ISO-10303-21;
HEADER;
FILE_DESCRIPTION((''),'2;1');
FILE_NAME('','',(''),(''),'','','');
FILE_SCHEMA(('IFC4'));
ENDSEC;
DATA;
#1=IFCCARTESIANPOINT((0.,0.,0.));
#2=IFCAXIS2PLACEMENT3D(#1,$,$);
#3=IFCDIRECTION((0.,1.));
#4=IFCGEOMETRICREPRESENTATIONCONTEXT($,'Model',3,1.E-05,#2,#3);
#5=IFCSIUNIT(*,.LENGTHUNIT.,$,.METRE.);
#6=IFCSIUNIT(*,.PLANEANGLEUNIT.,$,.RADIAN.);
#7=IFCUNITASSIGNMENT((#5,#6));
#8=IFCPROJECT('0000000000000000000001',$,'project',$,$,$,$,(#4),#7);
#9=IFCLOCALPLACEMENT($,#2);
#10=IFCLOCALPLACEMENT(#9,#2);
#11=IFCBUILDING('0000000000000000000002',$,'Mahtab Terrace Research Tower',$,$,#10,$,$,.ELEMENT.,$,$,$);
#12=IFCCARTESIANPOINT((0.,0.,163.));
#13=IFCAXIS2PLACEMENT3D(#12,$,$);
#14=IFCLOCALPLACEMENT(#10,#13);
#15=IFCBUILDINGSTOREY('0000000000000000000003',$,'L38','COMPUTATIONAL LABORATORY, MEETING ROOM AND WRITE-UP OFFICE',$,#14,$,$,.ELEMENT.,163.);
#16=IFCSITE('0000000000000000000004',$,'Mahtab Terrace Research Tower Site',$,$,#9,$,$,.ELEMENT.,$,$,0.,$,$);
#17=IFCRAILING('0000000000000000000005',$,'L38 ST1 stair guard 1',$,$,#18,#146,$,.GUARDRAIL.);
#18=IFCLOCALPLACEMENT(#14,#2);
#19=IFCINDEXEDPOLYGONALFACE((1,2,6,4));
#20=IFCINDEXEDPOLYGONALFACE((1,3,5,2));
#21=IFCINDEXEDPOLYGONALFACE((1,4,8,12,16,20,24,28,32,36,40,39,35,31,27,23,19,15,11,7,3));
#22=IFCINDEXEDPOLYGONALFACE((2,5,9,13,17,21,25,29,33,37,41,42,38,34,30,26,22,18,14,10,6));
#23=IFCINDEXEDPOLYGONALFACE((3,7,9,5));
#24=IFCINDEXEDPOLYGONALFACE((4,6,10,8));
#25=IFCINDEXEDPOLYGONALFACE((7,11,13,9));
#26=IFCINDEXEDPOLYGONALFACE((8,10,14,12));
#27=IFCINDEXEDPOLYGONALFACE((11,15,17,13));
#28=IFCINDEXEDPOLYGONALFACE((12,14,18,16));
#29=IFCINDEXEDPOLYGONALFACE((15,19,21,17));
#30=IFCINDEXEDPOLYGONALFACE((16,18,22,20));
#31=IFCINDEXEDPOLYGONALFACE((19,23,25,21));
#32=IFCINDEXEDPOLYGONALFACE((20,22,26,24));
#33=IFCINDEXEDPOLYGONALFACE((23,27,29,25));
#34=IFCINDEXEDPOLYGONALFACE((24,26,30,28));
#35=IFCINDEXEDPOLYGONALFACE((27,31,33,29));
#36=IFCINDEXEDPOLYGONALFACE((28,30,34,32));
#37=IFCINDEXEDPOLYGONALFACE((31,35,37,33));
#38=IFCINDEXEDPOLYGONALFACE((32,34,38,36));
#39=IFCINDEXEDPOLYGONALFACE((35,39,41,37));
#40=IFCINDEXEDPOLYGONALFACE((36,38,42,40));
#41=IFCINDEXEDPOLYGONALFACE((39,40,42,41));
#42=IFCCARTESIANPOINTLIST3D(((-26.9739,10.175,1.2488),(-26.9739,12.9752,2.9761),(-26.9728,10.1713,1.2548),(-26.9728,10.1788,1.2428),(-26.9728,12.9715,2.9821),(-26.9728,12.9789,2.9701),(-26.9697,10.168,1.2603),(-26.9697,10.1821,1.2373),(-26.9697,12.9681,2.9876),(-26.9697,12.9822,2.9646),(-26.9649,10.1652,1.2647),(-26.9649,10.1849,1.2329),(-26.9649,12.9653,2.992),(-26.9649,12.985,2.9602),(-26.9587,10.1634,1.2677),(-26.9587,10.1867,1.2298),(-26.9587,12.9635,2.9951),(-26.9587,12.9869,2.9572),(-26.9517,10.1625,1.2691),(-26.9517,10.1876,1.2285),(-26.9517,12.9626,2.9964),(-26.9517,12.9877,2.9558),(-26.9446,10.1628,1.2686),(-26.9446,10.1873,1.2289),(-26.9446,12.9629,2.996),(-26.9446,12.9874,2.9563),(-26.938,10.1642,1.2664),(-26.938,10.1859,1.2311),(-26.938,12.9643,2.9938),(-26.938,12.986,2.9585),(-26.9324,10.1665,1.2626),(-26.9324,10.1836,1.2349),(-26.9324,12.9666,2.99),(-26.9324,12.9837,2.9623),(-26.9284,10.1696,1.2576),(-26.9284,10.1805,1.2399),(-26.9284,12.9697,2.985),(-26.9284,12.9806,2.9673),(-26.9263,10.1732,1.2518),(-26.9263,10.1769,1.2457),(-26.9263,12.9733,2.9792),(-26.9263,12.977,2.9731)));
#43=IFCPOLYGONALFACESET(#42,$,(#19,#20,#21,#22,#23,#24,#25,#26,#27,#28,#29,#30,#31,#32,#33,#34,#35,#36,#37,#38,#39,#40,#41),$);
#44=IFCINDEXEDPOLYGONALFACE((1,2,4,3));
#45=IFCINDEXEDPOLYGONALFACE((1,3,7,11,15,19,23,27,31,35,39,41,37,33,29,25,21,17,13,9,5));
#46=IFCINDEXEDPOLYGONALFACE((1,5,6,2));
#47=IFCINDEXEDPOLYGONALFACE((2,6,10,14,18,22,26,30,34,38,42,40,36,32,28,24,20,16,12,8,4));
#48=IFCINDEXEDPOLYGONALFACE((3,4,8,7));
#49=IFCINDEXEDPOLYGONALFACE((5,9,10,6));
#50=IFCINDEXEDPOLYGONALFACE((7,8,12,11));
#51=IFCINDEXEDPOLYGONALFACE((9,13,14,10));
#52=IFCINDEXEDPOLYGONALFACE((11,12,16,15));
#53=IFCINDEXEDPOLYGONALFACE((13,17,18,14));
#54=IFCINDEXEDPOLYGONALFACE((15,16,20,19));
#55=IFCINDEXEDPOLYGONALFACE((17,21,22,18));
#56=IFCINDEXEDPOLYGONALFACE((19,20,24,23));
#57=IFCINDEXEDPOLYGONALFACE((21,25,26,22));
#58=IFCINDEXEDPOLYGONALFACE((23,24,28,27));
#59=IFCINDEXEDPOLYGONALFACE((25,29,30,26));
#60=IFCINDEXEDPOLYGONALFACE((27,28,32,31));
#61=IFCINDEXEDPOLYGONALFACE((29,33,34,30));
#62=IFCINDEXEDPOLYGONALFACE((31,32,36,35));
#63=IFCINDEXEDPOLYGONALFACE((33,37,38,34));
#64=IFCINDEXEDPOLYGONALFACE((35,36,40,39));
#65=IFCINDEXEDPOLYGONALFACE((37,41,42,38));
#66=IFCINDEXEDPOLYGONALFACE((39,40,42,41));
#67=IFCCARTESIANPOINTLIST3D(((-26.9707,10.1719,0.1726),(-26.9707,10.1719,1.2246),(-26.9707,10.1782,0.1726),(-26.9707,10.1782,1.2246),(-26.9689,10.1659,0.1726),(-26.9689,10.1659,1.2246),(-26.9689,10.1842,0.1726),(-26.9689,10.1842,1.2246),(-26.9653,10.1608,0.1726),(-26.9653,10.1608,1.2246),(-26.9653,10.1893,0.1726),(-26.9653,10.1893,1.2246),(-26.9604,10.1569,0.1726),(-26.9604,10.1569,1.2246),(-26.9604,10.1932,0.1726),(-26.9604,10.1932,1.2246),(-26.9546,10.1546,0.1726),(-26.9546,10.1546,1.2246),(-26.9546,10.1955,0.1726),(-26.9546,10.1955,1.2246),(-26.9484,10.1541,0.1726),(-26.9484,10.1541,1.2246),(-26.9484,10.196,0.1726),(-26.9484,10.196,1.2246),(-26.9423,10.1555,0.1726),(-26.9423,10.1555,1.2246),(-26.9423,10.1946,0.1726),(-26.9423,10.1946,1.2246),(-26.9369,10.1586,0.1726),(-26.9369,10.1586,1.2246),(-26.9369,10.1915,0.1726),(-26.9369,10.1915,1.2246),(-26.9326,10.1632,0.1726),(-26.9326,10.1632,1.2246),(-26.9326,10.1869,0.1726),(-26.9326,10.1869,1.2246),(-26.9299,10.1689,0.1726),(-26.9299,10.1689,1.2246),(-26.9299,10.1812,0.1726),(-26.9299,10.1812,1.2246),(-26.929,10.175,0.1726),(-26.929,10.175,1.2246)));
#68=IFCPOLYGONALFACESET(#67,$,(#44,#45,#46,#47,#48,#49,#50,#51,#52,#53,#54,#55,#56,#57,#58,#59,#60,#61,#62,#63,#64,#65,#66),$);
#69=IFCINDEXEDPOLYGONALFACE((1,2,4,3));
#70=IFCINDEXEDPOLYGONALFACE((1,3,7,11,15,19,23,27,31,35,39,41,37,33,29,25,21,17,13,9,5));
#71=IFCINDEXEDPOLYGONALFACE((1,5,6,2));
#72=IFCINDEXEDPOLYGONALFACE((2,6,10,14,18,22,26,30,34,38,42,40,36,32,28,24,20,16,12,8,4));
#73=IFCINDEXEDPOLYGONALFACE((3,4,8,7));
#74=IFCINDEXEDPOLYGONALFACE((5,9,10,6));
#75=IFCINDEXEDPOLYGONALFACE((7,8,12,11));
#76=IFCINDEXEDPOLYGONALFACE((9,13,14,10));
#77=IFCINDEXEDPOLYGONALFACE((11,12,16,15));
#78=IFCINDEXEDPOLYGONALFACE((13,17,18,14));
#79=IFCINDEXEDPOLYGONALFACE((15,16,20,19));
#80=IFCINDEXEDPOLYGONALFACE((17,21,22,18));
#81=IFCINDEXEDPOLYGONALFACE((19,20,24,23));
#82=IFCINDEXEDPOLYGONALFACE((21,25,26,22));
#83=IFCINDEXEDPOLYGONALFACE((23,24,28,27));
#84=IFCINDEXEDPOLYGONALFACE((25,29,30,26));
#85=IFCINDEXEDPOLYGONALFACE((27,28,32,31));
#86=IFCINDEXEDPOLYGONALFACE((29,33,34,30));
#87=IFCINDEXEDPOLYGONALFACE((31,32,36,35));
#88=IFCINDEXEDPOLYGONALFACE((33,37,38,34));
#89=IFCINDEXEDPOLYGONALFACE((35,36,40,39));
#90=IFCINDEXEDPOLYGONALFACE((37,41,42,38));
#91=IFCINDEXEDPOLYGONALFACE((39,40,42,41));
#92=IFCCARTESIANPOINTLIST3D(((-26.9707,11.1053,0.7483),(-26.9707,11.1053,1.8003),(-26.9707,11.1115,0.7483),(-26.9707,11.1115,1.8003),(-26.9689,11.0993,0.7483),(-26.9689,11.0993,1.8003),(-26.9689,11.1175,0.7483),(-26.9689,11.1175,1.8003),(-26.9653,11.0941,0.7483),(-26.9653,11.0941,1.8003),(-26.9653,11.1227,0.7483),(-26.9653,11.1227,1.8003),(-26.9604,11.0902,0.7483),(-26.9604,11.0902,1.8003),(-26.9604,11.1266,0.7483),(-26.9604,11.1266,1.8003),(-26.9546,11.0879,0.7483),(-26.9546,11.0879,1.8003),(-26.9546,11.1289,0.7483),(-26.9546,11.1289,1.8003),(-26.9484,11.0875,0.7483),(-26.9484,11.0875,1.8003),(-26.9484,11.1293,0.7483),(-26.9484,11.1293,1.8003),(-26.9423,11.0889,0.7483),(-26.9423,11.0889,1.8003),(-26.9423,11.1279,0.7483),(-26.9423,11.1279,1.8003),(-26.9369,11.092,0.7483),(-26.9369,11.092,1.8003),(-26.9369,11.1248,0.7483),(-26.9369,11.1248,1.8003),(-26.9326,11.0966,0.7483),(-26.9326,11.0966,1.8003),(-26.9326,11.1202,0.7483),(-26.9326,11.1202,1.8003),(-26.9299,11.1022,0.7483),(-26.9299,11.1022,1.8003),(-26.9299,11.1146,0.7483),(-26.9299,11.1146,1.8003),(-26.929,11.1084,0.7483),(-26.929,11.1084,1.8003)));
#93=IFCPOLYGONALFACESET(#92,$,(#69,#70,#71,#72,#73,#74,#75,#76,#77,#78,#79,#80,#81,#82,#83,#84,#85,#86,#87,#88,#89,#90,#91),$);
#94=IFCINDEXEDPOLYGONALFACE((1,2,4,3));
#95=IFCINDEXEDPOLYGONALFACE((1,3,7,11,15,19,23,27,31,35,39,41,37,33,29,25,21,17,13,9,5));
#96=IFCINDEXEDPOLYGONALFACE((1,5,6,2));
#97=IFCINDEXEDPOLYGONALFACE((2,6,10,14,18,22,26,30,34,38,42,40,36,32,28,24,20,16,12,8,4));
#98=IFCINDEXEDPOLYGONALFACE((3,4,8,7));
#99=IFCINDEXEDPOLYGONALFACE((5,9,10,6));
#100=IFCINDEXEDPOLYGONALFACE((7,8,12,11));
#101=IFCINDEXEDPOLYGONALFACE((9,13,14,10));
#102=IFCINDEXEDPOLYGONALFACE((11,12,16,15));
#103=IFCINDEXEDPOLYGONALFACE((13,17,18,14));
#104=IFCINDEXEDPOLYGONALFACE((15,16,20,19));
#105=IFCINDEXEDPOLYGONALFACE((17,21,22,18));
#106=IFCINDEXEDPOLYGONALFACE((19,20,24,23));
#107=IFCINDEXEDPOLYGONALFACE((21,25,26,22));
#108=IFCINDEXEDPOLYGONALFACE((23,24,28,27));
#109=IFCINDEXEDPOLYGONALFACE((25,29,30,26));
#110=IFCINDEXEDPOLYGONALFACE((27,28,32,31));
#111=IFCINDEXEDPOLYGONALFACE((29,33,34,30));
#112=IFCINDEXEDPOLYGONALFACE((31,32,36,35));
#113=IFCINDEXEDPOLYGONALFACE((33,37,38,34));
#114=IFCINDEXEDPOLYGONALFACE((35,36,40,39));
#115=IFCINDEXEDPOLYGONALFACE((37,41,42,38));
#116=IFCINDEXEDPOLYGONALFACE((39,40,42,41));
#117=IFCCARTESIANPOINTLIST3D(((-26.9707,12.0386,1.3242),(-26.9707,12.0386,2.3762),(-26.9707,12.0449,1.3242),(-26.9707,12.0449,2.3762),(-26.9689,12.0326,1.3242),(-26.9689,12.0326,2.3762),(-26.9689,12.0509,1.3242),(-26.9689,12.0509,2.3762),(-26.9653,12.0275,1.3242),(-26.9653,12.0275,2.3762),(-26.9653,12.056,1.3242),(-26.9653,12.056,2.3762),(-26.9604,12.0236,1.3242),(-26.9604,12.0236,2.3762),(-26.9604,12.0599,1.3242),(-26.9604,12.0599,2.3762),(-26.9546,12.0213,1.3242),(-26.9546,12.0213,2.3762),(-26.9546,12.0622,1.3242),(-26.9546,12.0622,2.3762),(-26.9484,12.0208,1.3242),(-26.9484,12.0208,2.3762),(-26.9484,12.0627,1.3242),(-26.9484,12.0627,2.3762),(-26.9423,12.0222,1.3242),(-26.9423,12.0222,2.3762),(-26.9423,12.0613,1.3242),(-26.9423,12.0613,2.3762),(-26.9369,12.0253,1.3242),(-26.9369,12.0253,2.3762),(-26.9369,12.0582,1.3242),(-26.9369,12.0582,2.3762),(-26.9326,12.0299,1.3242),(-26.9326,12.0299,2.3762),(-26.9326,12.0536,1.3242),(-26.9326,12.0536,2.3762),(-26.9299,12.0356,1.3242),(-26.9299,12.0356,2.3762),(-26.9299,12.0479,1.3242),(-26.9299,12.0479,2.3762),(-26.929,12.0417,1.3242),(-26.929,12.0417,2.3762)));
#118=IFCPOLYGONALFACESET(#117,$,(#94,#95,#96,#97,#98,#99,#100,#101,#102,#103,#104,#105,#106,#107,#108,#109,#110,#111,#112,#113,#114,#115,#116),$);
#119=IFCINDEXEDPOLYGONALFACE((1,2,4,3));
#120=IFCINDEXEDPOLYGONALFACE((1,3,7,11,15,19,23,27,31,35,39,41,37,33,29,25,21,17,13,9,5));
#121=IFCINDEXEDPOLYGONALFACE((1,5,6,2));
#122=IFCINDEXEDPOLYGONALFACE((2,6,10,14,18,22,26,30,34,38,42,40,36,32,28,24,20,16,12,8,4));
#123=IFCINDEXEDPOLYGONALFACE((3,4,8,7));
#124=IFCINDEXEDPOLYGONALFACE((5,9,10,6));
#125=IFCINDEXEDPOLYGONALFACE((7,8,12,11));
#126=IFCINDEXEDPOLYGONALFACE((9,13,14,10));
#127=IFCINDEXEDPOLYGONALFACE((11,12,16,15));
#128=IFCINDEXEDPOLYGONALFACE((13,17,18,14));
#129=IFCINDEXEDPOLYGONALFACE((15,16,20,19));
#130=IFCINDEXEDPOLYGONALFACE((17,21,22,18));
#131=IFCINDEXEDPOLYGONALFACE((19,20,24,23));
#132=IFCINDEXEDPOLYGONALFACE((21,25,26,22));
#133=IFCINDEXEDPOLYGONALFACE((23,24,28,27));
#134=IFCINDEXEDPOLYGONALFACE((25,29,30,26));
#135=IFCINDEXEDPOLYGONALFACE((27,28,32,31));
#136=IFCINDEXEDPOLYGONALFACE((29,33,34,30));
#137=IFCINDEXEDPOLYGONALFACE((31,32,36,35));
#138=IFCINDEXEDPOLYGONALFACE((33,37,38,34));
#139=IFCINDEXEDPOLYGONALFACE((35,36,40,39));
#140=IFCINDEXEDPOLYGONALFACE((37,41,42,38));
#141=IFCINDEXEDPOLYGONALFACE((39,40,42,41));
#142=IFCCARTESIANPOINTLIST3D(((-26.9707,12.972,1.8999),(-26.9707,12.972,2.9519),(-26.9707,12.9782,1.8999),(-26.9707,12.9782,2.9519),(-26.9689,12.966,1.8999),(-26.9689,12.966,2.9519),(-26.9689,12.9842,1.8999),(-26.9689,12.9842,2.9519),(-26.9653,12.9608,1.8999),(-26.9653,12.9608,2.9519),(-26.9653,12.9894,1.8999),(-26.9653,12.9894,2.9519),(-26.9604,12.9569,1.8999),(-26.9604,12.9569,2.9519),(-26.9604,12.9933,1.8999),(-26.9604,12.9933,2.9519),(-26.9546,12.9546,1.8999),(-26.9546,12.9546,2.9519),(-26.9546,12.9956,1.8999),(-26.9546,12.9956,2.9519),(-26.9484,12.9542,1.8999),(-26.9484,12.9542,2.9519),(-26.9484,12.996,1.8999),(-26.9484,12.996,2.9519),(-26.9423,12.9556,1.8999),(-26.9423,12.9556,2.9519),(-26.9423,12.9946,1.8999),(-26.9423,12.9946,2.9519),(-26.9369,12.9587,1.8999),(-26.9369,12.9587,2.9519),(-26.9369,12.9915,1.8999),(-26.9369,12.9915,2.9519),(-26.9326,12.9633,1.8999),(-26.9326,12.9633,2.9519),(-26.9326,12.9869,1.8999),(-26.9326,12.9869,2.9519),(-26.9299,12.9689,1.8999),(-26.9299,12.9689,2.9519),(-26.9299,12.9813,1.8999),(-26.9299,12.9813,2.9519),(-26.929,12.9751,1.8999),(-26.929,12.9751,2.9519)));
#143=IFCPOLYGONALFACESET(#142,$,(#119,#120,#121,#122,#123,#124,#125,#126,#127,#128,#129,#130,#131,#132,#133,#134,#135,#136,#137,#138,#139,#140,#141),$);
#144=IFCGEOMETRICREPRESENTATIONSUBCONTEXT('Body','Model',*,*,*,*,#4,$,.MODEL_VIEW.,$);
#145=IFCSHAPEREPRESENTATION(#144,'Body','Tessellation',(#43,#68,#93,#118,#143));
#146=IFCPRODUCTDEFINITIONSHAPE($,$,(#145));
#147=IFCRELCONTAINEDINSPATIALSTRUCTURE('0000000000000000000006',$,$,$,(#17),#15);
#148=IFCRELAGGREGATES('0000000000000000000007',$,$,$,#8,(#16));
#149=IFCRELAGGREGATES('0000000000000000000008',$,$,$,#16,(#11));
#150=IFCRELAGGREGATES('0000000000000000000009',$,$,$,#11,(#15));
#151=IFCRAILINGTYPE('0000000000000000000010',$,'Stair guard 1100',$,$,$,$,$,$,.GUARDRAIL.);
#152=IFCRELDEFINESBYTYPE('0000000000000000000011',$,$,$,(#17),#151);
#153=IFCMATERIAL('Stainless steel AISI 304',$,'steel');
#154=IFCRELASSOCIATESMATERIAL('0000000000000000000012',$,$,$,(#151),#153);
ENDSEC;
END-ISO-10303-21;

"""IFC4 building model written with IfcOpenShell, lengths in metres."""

from ifc_helpers import new_model, si_unit, direction, frame, origin, origin_2d, place, context, subcontext, project, spatial, circle, extrude, material, type_object, element, save


model = new_model("IFC4")

# Units and contexts
model_context = context("Model", 3, precision=1e-05, world=origin(), true_north=direction((0.0, 1.0)))
body_context = subcontext(model_context, "Body", "Model", "MODEL_VIEW")
ifc_project = project(units=[si_unit("LENGTHUNIT", "METRE"), si_unit("PLANEANGLEUNIT", "RADIAN")], contexts=[model_context])

# Site, building, storey
site_placement = place(None, origin())
site = spatial("IfcSite", under=ifc_project, at=site_placement, Name="Mahtab Terrace Research Tower Site", CompositionType="ELEMENT", RefElevation=0.0)
building_placement = place(site_placement, origin())
building = spatial("IfcBuilding", under=site, at=building_placement, Name="Mahtab Terrace Research Tower", CompositionType="ELEMENT")
storey_placement = place(building_placement, frame((0.0, 0.0, 163.0)))
storey = spatial("IfcBuildingStorey", under=building, at=storey_placement, Name="L38", Description="COMPUTATIONAL LABORATORY, MEETING ROOM AND WRITE-UP OFFICE", CompositionType="ELEMENT", Elevation=163.0)

# Railing
ifc_material_1 = material(Name="Stainless steel AISI 304", Category="steel")
railing_type_1 = type_object("IfcRailingType", Name="Stair guard 1100", PredefinedType="GUARDRAIL", material=ifc_material_1)
railing_1_placement = place(storey_placement, frame((-26.95, 10.175, 0.1726)))
element("IfcRailing", 1, at=railing_1_placement, inside=storey, type_object=railing_type_1, Name="L38 ST1 stair guard 1", PredefinedType="GUARDRAIL", context=body_context, shape_type="SweptSolid", body=[
    extrude(circle(Radius=0.0239, at=origin_2d()), frame((0.0, 0.0, 1.0762), z_axis=(0.0, 0.85109, 0.52502), x_axis=(-1.0, 0.0, 0.0)), (0.0, 0.0, 1.0), 3.29),
    extrude(circle(Radius=0.021, at=origin_2d()), origin(), (0.0, 0.0, 1.0), 1.052),
    extrude(circle(Radius=0.021, at=origin_2d()), frame((0.0, 0.9333, 0.5757)), (0.0, 0.0, 1.0), 1.052),
    extrude(circle(Radius=0.021, at=origin_2d()), frame((0.0, 1.8667, 1.1516)), (0.0, 0.0, 1.0), 1.052),
    extrude(circle(Radius=0.021, at=origin_2d()), frame((0.0, 2.8, 1.7273)), (0.0, 0.0, 1.0), 1.052),
])

save(model, "model.ifc")
